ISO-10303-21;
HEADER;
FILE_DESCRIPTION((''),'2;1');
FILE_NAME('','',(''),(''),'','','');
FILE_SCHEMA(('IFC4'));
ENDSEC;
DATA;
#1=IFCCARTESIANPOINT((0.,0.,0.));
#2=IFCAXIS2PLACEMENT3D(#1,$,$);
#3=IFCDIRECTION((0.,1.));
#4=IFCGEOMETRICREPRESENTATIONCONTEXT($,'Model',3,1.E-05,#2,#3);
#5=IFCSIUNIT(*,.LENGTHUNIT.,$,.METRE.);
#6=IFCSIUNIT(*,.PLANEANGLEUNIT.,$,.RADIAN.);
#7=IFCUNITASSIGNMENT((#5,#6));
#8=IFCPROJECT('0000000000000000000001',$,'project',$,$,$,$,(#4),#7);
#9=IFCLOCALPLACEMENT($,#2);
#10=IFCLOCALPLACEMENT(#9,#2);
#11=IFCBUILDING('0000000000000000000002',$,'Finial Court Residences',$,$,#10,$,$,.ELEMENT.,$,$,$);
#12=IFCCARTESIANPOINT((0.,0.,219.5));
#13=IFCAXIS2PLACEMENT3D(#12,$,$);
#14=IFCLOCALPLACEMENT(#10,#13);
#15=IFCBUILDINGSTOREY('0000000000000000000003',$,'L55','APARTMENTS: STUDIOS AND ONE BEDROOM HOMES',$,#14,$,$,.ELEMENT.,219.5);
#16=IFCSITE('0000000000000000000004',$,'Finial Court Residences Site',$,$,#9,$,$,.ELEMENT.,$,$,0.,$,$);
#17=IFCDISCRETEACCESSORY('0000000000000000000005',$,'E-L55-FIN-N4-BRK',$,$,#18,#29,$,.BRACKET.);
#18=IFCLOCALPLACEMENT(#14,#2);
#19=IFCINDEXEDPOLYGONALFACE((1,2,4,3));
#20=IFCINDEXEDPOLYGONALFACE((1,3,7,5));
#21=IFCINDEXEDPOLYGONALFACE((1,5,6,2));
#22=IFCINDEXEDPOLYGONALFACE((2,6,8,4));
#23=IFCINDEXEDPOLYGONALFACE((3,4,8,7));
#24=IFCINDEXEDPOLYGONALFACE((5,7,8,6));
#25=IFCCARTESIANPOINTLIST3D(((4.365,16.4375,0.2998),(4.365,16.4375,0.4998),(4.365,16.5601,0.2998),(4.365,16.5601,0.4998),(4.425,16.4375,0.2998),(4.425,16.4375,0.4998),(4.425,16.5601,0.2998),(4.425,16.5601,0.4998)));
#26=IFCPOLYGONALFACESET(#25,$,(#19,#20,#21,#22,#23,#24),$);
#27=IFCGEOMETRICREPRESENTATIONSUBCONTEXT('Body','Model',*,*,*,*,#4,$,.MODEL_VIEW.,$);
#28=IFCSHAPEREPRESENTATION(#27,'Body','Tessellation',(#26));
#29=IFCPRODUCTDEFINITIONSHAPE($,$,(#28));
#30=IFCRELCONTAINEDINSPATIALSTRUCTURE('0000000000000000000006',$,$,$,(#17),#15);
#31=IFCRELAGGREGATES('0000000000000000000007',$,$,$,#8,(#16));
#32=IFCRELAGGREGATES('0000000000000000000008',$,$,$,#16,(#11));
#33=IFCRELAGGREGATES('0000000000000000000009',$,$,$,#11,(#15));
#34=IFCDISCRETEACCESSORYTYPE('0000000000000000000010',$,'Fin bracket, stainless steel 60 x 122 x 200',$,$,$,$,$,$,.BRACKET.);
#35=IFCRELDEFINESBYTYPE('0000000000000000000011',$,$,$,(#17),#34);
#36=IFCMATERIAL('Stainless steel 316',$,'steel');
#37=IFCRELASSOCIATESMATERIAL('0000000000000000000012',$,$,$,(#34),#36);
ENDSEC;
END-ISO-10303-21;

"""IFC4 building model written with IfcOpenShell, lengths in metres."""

from ifc_helpers import new_model, si_unit, direction, frame, origin, origin_2d, place, context, subcontext, project, spatial, rectangle, extrude, material, type_object, element, save


model = new_model("IFC4")

# Units and contexts
model_context = context("Model", 3, precision=1e-05, world=origin(), true_north=direction((0.0, 1.0)))
body_context = subcontext(model_context, "Body", "Model", "MODEL_VIEW")
ifc_project = project(units=[si_unit("LENGTHUNIT", "METRE"), si_unit("PLANEANGLEUNIT", "RADIAN")], contexts=[model_context])

# Site, building, storey
site_placement = place(None, origin())
site = spatial("IfcSite", under=ifc_project, at=site_placement, Name="Finial Court Residences Site", CompositionType="ELEMENT", RefElevation=0.0)
building_placement = place(site_placement, origin())
building = spatial("IfcBuilding", under=site, at=building_placement, Name="Finial Court Residences", CompositionType="ELEMENT")
storey_placement = place(building_placement, frame((0.0, 0.0, 219.5)))
storey = spatial("IfcBuildingStorey", under=building, at=storey_placement, Name="L55", Description="APARTMENTS: STUDIOS AND ONE BEDROOM HOMES", CompositionType="ELEMENT", Elevation=219.5)

# Discrete accessory
ifc_material_1 = material(Name="Stainless steel 316", Category="steel")
discrete_accessory_type = type_object("IfcDiscreteAccessoryType", Name="Fin bracket, stainless steel 60 x 122 x 200", PredefinedType="BRACKET", material=ifc_material_1)
discrete_accessory_placement = place(storey_placement, frame((4.395, 16.4988, 0.2998), z_axis=(0.0, 0.0, 1.0), x_axis=(1.0, 0.0, 0.0)))
element("IfcDiscreteAccessory", 1, at=discrete_accessory_placement, inside=storey, type_object=discrete_accessory_type, Name="E-L55-FIN-N4-BRK", PredefinedType="BRACKET", context=body_context, shape_type="SweptSolid", body=[
    extrude(rectangle(XDim=0.0601, YDim=0.1226, at=origin_2d()), origin(), (0.0, 0.0, 1.0), 0.2),
])

save(model, "model.ifc")
